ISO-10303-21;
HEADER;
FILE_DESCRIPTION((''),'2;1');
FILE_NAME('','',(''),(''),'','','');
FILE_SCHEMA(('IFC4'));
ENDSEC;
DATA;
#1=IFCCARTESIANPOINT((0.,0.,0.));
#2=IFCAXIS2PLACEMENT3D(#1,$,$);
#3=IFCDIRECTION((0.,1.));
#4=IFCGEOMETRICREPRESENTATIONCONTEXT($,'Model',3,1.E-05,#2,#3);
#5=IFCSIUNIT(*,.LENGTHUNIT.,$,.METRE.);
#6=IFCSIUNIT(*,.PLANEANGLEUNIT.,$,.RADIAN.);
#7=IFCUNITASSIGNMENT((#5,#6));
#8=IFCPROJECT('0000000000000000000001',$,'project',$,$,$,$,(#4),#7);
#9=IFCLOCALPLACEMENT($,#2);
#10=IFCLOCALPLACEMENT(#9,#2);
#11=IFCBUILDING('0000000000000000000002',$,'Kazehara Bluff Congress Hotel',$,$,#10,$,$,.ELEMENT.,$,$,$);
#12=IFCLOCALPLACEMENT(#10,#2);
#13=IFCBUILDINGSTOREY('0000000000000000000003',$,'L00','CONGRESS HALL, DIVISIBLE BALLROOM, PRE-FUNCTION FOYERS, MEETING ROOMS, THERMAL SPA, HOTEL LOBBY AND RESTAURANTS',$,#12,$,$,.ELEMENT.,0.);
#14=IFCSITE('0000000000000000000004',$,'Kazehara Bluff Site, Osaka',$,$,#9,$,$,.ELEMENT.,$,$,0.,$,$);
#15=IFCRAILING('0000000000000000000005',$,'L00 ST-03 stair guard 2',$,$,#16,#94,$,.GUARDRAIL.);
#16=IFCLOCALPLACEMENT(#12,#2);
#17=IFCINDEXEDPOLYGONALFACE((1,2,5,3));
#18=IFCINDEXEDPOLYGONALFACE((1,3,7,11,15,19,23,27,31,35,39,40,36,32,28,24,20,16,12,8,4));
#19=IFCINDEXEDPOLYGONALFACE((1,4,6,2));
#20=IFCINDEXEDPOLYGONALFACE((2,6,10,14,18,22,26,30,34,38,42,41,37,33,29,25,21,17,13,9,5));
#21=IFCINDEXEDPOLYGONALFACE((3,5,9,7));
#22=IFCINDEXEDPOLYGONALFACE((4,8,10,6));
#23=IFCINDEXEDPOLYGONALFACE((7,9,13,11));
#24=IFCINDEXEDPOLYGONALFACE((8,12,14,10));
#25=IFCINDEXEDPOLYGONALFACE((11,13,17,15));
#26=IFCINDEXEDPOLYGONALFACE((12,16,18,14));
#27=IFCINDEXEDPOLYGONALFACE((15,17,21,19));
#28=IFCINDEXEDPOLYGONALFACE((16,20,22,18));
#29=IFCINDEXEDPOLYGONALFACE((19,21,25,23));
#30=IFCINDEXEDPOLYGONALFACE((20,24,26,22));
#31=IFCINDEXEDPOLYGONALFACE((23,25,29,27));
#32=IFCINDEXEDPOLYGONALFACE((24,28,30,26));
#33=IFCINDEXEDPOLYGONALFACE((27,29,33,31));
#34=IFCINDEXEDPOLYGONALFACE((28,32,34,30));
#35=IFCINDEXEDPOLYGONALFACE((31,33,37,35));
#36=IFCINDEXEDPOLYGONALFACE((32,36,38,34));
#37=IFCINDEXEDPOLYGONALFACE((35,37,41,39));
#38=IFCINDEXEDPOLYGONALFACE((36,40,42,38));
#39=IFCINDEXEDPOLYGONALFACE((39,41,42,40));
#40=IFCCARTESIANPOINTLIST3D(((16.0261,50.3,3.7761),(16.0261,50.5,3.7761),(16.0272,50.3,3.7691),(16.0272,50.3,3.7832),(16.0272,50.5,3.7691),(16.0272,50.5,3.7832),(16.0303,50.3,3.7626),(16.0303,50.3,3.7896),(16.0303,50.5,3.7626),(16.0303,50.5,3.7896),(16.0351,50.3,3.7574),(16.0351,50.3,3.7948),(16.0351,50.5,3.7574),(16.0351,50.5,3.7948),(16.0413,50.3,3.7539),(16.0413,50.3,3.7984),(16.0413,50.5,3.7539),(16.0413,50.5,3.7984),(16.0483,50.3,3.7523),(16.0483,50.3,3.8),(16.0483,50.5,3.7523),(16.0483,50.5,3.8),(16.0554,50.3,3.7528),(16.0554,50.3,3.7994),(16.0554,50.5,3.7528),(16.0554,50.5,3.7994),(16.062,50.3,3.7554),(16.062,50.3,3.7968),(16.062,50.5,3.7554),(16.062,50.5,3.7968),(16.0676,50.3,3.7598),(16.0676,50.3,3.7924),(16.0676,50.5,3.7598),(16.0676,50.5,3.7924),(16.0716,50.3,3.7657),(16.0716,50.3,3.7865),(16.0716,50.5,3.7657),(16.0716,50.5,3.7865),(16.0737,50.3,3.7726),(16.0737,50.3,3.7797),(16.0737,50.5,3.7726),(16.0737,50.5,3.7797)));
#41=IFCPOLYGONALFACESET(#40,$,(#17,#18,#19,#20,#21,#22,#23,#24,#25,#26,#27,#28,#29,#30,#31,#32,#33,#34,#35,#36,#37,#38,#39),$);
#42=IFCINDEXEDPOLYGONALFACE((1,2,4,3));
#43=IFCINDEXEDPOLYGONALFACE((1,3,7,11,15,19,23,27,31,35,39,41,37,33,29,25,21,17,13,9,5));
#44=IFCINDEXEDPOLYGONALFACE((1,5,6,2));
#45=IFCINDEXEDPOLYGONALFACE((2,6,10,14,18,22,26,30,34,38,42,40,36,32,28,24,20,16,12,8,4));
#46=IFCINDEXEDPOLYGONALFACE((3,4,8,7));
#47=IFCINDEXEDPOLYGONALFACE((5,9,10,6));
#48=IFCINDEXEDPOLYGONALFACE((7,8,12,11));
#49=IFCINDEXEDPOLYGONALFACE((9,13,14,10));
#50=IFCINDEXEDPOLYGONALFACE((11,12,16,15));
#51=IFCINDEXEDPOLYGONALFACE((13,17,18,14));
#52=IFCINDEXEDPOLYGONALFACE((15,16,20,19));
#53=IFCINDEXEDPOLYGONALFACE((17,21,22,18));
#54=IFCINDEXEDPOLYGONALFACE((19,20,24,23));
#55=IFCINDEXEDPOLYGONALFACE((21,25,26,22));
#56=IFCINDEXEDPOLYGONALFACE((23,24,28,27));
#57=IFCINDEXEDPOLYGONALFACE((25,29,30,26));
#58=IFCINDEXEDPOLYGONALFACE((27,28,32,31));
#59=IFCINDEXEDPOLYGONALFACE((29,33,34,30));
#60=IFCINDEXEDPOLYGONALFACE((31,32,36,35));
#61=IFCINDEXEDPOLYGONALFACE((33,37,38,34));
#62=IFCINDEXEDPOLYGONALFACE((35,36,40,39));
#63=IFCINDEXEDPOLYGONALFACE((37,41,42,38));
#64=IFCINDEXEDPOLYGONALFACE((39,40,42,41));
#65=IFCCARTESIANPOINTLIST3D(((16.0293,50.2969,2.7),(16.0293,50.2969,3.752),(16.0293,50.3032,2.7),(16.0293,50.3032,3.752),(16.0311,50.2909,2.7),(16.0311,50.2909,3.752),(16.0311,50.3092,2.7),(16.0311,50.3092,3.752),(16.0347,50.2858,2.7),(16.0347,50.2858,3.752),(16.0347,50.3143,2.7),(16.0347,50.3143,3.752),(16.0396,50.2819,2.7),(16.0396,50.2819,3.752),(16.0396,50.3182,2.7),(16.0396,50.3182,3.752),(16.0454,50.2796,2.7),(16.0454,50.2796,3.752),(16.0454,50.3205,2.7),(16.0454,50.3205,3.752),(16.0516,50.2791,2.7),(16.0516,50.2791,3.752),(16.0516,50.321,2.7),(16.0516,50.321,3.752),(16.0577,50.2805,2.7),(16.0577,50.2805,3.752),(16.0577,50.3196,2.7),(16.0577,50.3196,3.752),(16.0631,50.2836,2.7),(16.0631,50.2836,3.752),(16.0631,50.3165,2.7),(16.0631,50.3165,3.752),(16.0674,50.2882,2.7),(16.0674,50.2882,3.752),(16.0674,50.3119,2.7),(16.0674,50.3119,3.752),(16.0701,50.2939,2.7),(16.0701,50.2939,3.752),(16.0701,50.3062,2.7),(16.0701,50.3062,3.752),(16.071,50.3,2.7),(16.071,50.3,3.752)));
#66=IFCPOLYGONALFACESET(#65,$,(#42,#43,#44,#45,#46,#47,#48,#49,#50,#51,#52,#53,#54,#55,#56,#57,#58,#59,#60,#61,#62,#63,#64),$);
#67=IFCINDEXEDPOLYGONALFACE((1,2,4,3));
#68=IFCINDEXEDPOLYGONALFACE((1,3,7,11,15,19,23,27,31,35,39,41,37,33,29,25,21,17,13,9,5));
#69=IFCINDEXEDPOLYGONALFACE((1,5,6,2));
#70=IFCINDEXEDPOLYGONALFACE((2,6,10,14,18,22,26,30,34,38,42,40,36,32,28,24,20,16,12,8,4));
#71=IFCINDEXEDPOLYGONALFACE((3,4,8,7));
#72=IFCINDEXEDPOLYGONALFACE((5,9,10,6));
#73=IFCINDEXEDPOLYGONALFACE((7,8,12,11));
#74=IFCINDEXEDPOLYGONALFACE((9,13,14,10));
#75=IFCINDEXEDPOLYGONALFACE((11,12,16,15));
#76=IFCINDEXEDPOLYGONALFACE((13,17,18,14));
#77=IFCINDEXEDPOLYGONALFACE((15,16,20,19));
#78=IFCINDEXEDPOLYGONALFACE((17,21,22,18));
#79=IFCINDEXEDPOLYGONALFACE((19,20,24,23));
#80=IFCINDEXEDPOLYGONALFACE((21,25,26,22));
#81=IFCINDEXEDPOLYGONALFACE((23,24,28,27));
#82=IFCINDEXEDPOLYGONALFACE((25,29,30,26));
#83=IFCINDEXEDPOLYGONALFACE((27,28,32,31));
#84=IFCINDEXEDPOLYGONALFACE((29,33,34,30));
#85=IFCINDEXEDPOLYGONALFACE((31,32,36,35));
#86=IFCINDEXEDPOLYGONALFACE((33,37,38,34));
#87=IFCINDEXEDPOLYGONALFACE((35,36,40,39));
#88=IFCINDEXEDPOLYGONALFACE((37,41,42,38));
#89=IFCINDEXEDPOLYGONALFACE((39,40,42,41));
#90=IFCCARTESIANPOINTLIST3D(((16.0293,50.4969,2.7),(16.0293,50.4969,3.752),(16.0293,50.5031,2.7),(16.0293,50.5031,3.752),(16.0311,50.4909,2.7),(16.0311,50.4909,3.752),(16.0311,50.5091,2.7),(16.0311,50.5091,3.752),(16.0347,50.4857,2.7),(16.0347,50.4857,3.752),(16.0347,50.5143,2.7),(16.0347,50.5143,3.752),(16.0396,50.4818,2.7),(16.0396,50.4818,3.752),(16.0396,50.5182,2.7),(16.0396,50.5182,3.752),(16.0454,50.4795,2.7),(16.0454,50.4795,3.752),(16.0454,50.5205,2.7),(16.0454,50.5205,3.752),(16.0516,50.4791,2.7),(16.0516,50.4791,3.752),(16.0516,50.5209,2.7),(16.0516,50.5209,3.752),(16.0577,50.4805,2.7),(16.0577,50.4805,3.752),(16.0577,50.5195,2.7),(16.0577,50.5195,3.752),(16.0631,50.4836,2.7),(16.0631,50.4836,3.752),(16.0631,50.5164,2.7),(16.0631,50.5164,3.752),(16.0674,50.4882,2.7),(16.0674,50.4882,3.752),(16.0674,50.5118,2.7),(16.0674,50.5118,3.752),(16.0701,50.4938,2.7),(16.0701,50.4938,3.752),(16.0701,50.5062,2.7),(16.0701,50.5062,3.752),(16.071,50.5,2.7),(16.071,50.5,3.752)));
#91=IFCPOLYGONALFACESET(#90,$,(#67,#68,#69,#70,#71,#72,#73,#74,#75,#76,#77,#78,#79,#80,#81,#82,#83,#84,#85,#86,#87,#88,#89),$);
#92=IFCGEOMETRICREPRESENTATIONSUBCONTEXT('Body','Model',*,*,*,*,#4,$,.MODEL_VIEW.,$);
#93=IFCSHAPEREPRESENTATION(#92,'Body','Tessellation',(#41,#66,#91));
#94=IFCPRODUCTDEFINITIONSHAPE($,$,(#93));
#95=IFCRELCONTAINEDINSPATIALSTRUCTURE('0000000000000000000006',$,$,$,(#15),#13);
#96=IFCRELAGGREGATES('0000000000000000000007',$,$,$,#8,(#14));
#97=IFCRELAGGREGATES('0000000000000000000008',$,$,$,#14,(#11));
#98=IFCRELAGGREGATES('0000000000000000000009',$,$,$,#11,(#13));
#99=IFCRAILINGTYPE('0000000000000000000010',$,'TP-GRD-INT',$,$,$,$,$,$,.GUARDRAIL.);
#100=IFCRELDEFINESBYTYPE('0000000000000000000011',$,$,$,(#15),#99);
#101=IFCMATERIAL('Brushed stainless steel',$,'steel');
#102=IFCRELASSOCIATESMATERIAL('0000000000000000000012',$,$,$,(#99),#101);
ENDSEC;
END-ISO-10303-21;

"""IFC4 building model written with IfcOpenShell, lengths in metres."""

from ifc_helpers import new_model, si_unit, direction, frame, origin, origin_2d, place, context, subcontext, project, spatial, circle, extrude, material, type_object, element, save


model = new_model("IFC4")

# Units and contexts
model_context = context("Model", 3, precision=1e-05, world=origin(), true_north=direction((0.0, 1.0)))
body_context = subcontext(model_context, "Body", "Model", "MODEL_VIEW")
ifc_project = project(units=[si_unit("LENGTHUNIT", "METRE"), si_unit("PLANEANGLEUNIT", "RADIAN")], contexts=[model_context])

# Site, building, storey
site_placement = place(None, origin())
site = spatial("IfcSite", under=ifc_project, at=site_placement, Name="Kazehara Bluff Site, Osaka", CompositionType="ELEMENT", RefElevation=0.0)
building_placement = place(site_placement, origin())
building = spatial("IfcBuilding", under=site, at=building_placement, Name="Kazehara Bluff Congress Hotel", CompositionType="ELEMENT")
storey_placement = place(building_placement, origin())
storey = spatial("IfcBuildingStorey", under=building, at=storey_placement, Name="L00", Description="CONGRESS HALL, DIVISIBLE BALLROOM, PRE-FUNCTION FOYERS, MEETING ROOMS, THERMAL SPA, HOTEL LOBBY AND RESTAURANTS", CompositionType="ELEMENT", Elevation=0.0)

# Railing
ifc_material_1 = material(Name="Brushed stainless steel", Category="steel")
railing_type_1 = type_object("IfcRailingType", Name="TP-GRD-INT", PredefinedType="GUARDRAIL", material=ifc_material_1)
railing_1_placement = place(storey_placement, frame((16.05, 50.3, 2.7)))
element("IfcRailing", 1, at=railing_1_placement, inside=storey, type_object=railing_type_1, Name="L00 ST-03 stair guard 2", PredefinedType="GUARDRAIL", context=body_context, shape_type="SweptSolid", body=[
    extrude(circle(Radius=0.0239, at=origin_2d()), frame((0.0, 0.0, 1.0762), z_axis=(0.0, 1.0, 0.0), x_axis=(-1.0, 0.0, 0.0)), (0.0, 0.0, 1.0), 0.2),
    extrude(circle(Radius=0.021, at=origin_2d()), origin(), (0.0, 0.0, 1.0), 1.052),
    extrude(circle(Radius=0.021, at=origin_2d()), frame((0.0, 0.2, 0.0)), (0.0, 0.0, 1.0), 1.052),
])

save(model, "model.ifc")
